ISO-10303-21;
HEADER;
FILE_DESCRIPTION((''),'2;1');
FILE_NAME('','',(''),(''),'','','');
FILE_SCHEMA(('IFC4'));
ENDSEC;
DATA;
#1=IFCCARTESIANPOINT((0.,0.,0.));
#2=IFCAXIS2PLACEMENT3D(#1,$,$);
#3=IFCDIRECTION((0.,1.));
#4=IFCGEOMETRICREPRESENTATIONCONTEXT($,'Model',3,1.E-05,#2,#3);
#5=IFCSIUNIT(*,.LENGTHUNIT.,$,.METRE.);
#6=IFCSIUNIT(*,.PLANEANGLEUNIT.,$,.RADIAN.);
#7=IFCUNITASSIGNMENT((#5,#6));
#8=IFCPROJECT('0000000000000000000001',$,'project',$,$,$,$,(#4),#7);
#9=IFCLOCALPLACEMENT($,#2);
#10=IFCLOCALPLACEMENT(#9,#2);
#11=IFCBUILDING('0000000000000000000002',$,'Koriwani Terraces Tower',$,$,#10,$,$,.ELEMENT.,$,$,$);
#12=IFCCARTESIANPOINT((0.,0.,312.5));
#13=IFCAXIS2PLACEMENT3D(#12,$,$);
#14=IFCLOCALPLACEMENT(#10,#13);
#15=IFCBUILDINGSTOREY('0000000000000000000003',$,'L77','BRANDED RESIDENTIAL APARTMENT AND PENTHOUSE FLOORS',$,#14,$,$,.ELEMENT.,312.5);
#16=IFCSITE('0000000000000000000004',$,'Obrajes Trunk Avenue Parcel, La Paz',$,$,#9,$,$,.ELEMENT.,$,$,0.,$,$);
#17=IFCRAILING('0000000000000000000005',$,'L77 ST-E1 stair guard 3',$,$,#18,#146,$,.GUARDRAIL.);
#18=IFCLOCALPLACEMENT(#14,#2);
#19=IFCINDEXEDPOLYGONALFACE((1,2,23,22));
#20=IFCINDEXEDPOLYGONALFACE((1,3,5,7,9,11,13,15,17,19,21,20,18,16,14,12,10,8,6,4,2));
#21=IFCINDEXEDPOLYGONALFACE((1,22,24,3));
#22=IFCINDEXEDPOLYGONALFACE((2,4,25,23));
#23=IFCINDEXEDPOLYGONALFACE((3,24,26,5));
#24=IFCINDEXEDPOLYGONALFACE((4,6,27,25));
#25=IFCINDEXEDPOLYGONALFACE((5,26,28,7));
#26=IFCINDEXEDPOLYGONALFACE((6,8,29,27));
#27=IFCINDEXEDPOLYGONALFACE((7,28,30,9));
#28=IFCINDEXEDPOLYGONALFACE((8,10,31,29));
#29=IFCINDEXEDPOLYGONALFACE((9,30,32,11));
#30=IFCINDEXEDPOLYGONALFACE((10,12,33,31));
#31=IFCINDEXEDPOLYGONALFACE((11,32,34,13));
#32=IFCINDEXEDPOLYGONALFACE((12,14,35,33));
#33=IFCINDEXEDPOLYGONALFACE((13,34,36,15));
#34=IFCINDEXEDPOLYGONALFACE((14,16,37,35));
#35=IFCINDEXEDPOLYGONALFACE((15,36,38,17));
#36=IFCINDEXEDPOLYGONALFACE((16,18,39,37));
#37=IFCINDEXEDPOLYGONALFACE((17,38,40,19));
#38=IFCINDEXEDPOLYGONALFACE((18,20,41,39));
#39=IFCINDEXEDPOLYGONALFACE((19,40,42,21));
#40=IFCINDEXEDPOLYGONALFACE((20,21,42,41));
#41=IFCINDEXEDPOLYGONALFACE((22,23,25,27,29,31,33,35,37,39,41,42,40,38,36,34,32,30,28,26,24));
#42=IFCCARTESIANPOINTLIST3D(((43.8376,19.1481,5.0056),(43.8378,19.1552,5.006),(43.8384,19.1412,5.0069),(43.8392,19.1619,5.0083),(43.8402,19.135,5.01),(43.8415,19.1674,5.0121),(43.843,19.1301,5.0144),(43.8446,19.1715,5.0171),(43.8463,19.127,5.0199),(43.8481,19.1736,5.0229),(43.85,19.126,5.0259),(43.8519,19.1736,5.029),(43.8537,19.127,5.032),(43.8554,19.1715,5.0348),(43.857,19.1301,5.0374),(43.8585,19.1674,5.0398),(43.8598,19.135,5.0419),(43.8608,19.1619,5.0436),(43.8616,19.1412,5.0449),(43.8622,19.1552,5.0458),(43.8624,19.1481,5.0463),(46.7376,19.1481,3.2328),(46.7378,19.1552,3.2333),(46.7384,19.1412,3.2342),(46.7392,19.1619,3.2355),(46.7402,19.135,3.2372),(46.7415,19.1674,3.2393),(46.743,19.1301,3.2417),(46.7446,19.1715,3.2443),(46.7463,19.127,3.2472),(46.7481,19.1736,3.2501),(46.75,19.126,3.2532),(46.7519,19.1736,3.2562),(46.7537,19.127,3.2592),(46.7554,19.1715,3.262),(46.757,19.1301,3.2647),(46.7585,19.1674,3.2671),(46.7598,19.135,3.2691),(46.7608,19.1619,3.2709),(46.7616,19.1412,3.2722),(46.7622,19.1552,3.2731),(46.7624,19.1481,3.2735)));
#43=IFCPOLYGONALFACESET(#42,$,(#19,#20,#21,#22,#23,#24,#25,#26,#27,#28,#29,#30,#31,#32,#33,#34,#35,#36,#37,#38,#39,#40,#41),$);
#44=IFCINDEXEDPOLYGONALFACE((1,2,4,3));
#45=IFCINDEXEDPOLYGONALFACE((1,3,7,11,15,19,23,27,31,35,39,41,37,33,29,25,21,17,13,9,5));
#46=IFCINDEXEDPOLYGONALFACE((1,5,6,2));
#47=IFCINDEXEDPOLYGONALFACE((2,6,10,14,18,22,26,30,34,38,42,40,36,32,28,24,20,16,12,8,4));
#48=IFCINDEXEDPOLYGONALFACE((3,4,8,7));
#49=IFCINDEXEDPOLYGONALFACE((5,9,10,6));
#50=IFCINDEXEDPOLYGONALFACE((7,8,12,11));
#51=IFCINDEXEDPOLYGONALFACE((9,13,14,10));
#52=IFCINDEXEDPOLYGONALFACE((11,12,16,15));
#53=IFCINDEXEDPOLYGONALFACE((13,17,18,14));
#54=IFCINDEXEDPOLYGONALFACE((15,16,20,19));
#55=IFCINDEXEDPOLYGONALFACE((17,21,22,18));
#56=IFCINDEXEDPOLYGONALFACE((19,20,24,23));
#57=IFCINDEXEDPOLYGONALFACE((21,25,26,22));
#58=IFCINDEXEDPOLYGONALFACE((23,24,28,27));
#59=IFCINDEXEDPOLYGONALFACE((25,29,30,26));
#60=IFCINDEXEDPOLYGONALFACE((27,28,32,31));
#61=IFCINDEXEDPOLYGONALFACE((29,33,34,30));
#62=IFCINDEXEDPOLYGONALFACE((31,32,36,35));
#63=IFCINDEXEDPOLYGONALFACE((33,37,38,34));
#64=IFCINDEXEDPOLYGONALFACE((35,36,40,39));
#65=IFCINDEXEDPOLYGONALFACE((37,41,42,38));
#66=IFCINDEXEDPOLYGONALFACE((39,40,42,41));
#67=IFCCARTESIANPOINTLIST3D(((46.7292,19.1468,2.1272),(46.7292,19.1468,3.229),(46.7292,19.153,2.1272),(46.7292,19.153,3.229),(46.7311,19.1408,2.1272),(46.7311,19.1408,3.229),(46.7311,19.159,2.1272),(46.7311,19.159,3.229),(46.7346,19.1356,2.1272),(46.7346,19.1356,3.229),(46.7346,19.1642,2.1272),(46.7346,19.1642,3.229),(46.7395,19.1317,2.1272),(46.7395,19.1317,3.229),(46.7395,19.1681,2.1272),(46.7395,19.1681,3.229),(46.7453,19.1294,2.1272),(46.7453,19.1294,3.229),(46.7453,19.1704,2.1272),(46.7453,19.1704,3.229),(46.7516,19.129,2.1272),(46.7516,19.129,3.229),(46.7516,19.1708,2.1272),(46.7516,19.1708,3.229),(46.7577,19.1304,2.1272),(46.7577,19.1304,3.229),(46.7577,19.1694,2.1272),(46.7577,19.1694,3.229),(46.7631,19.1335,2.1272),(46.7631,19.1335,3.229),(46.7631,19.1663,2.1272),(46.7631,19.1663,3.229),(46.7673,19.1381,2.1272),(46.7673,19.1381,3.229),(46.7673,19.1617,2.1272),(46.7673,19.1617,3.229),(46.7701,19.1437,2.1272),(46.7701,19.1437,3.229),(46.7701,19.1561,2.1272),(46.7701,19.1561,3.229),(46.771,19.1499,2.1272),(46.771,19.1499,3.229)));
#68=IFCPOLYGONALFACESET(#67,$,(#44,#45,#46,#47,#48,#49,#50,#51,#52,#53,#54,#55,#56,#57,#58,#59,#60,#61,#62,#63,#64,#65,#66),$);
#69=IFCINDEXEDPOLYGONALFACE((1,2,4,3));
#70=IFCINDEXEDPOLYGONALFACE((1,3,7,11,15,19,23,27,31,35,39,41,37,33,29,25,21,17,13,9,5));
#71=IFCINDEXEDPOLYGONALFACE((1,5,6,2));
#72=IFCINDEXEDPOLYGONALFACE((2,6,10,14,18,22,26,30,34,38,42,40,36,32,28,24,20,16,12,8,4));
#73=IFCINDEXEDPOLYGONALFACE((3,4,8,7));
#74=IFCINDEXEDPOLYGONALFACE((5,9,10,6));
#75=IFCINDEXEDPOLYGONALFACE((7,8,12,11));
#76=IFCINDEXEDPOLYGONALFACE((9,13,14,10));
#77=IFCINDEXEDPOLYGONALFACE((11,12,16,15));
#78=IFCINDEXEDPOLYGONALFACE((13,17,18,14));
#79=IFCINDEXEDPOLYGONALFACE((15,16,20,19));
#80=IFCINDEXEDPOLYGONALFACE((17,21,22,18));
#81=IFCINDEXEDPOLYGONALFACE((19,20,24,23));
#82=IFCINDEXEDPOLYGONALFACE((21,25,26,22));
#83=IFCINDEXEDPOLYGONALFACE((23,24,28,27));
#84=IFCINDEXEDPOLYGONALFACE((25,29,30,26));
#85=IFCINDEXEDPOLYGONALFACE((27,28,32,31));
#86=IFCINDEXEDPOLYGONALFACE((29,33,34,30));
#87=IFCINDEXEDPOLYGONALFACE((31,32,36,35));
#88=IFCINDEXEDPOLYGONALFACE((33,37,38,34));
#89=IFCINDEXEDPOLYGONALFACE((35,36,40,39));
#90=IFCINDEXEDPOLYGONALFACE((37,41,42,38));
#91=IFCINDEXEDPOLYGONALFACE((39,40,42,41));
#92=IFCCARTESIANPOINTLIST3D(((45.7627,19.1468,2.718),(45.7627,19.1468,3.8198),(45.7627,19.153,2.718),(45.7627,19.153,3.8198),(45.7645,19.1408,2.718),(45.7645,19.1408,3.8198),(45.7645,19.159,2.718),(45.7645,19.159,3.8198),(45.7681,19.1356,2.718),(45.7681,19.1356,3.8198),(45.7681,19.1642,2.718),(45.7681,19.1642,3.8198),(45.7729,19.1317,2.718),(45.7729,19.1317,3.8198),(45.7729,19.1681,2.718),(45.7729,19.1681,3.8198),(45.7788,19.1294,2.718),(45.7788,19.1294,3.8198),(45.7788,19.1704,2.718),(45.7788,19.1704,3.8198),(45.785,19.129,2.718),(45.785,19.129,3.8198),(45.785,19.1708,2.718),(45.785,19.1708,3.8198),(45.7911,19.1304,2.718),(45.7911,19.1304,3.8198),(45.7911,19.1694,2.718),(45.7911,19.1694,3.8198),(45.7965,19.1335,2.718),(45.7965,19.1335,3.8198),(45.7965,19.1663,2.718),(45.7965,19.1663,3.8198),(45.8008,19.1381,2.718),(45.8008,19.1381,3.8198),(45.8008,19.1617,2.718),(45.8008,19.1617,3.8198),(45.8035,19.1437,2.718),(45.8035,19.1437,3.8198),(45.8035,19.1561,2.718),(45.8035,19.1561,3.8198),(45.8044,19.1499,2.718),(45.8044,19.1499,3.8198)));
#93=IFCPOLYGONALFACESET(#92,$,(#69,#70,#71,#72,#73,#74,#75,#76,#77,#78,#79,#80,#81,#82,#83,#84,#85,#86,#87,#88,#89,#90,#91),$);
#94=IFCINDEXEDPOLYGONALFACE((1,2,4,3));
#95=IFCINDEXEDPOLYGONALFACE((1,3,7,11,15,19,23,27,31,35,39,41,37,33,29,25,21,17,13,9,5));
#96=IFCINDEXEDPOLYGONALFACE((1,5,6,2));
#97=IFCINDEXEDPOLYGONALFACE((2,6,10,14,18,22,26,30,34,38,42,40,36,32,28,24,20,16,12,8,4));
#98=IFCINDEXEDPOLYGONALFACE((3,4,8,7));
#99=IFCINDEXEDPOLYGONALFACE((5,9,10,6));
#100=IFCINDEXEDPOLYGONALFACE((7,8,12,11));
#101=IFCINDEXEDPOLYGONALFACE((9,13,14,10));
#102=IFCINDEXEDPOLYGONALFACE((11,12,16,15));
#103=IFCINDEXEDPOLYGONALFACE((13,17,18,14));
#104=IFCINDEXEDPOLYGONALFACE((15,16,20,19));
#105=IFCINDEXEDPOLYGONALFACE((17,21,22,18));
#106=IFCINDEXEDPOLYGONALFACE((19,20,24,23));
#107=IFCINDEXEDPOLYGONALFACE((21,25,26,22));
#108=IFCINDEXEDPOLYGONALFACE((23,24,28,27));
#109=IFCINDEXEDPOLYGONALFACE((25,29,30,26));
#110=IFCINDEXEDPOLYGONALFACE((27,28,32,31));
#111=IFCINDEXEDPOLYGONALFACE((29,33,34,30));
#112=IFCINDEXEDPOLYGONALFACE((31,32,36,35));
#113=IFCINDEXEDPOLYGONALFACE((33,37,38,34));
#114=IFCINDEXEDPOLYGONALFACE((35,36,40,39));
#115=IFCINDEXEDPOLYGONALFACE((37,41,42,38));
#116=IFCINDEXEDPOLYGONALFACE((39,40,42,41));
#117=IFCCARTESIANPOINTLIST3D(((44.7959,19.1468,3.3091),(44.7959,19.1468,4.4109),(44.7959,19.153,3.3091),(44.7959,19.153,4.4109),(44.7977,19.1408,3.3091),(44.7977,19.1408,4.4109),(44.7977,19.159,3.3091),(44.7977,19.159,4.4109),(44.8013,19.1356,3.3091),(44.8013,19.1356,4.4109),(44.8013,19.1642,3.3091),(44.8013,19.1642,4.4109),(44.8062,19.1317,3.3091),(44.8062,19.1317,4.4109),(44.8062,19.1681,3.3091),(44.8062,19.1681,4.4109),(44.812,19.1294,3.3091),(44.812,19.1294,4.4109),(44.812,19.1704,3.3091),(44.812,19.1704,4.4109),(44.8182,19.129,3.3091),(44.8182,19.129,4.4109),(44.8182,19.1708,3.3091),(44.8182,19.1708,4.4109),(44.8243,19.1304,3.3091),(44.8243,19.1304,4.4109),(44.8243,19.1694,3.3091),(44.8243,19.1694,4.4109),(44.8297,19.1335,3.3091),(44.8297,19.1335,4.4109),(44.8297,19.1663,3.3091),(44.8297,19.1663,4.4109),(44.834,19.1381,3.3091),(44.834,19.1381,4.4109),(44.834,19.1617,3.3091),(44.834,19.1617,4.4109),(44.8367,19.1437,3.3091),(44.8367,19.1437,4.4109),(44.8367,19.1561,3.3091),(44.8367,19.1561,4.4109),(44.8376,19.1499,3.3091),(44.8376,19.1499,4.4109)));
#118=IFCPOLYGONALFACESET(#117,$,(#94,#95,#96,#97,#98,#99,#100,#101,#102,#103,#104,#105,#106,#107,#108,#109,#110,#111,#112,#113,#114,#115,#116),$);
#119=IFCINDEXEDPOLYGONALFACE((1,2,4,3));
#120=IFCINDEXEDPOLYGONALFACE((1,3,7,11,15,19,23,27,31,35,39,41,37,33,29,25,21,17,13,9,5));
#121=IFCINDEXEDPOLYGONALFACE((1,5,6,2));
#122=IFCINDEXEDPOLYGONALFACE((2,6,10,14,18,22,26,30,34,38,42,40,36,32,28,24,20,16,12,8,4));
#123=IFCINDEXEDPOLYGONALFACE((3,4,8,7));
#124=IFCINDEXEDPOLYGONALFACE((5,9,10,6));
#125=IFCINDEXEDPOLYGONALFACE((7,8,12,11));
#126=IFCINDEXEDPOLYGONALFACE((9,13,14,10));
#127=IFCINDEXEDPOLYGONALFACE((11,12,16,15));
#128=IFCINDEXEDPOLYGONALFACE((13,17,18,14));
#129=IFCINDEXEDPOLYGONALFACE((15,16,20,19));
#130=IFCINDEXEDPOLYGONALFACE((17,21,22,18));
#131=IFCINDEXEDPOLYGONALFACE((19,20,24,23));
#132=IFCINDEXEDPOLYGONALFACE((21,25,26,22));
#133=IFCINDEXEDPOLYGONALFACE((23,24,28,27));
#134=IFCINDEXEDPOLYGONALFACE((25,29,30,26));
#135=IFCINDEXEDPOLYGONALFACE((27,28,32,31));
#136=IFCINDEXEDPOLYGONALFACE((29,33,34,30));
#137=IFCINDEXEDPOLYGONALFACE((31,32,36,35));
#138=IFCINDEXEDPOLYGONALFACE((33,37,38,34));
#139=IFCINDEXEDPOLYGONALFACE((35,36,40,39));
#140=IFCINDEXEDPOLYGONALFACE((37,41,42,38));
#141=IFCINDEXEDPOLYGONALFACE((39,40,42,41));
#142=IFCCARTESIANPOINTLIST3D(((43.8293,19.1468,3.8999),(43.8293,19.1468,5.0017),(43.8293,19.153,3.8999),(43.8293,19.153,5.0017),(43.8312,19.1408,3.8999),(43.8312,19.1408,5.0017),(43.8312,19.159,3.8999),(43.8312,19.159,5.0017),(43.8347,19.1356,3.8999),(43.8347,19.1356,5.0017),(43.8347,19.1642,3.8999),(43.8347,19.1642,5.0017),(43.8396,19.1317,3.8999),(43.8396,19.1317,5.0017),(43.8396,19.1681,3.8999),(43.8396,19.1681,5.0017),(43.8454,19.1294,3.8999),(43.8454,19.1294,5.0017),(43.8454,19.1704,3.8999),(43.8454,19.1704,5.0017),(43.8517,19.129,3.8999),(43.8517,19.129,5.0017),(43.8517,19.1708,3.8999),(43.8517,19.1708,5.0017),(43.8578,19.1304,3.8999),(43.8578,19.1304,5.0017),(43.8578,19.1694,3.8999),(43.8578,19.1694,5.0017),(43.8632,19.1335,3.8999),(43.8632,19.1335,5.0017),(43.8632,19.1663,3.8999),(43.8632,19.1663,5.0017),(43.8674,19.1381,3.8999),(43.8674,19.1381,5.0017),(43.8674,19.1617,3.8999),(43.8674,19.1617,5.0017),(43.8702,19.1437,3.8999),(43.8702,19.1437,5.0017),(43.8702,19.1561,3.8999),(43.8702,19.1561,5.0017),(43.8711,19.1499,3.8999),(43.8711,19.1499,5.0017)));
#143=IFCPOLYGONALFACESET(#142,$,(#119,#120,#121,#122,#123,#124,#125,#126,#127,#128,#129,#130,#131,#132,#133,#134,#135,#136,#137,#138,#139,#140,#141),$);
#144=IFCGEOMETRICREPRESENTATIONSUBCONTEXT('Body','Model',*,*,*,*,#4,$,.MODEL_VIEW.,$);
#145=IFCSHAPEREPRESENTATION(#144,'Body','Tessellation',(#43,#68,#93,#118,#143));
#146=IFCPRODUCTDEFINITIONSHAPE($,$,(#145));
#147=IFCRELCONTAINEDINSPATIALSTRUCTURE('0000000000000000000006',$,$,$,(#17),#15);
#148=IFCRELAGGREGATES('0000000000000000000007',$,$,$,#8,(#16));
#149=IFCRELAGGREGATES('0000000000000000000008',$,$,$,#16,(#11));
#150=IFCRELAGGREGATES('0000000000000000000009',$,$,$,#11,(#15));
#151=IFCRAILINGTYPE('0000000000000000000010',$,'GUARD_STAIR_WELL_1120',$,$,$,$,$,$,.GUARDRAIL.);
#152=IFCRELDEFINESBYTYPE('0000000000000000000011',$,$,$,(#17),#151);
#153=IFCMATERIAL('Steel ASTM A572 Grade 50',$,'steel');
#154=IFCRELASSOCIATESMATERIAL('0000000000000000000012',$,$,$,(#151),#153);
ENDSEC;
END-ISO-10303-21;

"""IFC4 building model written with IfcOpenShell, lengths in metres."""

from ifc_helpers import new_model, si_unit, direction, frame, origin, origin_2d, place, context, subcontext, project, spatial, circle, extrude, material, type_object, element, save


model = new_model("IFC4")

# Units and contexts
model_context = context("Model", 3, precision=1e-05, world=origin(), true_north=direction((0.0, 1.0)))
body_context = subcontext(model_context, "Body", "Model", "MODEL_VIEW")
ifc_project = project(units=[si_unit("LENGTHUNIT", "METRE"), si_unit("PLANEANGLEUNIT", "RADIAN")], contexts=[model_context])

# Site, building, storey
site_placement = place(None, origin())
site = spatial("IfcSite", under=ifc_project, at=site_placement, Name="Obrajes Trunk Avenue Parcel, La Paz", CompositionType="ELEMENT", RefElevation=0.0)
building_placement = place(site_placement, origin())
building = spatial("IfcBuilding", under=site, at=building_placement, Name="Koriwani Terraces Tower", CompositionType="ELEMENT")
storey_placement = place(building_placement, frame((0.0, 0.0, 312.5)))
storey = spatial("IfcBuildingStorey", under=building, at=storey_placement, Name="L77", Description="BRANDED RESIDENTIAL APARTMENT AND PENTHOUSE FLOORS", CompositionType="ELEMENT", Elevation=312.5)

# Railing
ifc_material_1 = material(Name="Steel ASTM A572 Grade 50", Category="steel")
railing_type_1 = type_object("IfcRailingType", Name="GUARD_STAIR_WELL_1120", PredefinedType="GUARDRAIL", material=ifc_material_1)
railing_1_placement = place(storey_placement, frame((46.75, 19.1499, 2.1272)))
element("IfcRailing", 1, at=railing_1_placement, inside=storey, type_object=railing_type_1, Name="L77 ST-E1 stair guard 3", PredefinedType="GUARDRAIL", context=body_context, shape_type="SweptSolid", body=[
    extrude(circle(Radius=0.0239, at=origin_2d()), frame((0.0, 0.0, 1.126), z_axis=(-0.853211, 0.0, 0.521566), x_axis=(0.0, -1.0, 0.0)), (0.0, 0.0, 1.0), 3.3989),
    extrude(circle(Radius=0.021, at=origin_2d()), origin(), (0.0, 0.0, 1.0), 1.1018),
    extrude(circle(Radius=0.021, at=origin_2d()), frame((-0.9666, 0.0, 0.5908)), (0.0, 0.0, 1.0), 1.1018),
    extrude(circle(Radius=0.021, at=origin_2d()), frame((-1.9333, 0.0, 1.1819)), (0.0, 0.0, 1.0), 1.1018),
    extrude(circle(Radius=0.021, at=origin_2d()), frame((-2.8999, 0.0, 1.7727)), (0.0, 0.0, 1.0), 1.1018),
])

save(model, "model.ifc")
